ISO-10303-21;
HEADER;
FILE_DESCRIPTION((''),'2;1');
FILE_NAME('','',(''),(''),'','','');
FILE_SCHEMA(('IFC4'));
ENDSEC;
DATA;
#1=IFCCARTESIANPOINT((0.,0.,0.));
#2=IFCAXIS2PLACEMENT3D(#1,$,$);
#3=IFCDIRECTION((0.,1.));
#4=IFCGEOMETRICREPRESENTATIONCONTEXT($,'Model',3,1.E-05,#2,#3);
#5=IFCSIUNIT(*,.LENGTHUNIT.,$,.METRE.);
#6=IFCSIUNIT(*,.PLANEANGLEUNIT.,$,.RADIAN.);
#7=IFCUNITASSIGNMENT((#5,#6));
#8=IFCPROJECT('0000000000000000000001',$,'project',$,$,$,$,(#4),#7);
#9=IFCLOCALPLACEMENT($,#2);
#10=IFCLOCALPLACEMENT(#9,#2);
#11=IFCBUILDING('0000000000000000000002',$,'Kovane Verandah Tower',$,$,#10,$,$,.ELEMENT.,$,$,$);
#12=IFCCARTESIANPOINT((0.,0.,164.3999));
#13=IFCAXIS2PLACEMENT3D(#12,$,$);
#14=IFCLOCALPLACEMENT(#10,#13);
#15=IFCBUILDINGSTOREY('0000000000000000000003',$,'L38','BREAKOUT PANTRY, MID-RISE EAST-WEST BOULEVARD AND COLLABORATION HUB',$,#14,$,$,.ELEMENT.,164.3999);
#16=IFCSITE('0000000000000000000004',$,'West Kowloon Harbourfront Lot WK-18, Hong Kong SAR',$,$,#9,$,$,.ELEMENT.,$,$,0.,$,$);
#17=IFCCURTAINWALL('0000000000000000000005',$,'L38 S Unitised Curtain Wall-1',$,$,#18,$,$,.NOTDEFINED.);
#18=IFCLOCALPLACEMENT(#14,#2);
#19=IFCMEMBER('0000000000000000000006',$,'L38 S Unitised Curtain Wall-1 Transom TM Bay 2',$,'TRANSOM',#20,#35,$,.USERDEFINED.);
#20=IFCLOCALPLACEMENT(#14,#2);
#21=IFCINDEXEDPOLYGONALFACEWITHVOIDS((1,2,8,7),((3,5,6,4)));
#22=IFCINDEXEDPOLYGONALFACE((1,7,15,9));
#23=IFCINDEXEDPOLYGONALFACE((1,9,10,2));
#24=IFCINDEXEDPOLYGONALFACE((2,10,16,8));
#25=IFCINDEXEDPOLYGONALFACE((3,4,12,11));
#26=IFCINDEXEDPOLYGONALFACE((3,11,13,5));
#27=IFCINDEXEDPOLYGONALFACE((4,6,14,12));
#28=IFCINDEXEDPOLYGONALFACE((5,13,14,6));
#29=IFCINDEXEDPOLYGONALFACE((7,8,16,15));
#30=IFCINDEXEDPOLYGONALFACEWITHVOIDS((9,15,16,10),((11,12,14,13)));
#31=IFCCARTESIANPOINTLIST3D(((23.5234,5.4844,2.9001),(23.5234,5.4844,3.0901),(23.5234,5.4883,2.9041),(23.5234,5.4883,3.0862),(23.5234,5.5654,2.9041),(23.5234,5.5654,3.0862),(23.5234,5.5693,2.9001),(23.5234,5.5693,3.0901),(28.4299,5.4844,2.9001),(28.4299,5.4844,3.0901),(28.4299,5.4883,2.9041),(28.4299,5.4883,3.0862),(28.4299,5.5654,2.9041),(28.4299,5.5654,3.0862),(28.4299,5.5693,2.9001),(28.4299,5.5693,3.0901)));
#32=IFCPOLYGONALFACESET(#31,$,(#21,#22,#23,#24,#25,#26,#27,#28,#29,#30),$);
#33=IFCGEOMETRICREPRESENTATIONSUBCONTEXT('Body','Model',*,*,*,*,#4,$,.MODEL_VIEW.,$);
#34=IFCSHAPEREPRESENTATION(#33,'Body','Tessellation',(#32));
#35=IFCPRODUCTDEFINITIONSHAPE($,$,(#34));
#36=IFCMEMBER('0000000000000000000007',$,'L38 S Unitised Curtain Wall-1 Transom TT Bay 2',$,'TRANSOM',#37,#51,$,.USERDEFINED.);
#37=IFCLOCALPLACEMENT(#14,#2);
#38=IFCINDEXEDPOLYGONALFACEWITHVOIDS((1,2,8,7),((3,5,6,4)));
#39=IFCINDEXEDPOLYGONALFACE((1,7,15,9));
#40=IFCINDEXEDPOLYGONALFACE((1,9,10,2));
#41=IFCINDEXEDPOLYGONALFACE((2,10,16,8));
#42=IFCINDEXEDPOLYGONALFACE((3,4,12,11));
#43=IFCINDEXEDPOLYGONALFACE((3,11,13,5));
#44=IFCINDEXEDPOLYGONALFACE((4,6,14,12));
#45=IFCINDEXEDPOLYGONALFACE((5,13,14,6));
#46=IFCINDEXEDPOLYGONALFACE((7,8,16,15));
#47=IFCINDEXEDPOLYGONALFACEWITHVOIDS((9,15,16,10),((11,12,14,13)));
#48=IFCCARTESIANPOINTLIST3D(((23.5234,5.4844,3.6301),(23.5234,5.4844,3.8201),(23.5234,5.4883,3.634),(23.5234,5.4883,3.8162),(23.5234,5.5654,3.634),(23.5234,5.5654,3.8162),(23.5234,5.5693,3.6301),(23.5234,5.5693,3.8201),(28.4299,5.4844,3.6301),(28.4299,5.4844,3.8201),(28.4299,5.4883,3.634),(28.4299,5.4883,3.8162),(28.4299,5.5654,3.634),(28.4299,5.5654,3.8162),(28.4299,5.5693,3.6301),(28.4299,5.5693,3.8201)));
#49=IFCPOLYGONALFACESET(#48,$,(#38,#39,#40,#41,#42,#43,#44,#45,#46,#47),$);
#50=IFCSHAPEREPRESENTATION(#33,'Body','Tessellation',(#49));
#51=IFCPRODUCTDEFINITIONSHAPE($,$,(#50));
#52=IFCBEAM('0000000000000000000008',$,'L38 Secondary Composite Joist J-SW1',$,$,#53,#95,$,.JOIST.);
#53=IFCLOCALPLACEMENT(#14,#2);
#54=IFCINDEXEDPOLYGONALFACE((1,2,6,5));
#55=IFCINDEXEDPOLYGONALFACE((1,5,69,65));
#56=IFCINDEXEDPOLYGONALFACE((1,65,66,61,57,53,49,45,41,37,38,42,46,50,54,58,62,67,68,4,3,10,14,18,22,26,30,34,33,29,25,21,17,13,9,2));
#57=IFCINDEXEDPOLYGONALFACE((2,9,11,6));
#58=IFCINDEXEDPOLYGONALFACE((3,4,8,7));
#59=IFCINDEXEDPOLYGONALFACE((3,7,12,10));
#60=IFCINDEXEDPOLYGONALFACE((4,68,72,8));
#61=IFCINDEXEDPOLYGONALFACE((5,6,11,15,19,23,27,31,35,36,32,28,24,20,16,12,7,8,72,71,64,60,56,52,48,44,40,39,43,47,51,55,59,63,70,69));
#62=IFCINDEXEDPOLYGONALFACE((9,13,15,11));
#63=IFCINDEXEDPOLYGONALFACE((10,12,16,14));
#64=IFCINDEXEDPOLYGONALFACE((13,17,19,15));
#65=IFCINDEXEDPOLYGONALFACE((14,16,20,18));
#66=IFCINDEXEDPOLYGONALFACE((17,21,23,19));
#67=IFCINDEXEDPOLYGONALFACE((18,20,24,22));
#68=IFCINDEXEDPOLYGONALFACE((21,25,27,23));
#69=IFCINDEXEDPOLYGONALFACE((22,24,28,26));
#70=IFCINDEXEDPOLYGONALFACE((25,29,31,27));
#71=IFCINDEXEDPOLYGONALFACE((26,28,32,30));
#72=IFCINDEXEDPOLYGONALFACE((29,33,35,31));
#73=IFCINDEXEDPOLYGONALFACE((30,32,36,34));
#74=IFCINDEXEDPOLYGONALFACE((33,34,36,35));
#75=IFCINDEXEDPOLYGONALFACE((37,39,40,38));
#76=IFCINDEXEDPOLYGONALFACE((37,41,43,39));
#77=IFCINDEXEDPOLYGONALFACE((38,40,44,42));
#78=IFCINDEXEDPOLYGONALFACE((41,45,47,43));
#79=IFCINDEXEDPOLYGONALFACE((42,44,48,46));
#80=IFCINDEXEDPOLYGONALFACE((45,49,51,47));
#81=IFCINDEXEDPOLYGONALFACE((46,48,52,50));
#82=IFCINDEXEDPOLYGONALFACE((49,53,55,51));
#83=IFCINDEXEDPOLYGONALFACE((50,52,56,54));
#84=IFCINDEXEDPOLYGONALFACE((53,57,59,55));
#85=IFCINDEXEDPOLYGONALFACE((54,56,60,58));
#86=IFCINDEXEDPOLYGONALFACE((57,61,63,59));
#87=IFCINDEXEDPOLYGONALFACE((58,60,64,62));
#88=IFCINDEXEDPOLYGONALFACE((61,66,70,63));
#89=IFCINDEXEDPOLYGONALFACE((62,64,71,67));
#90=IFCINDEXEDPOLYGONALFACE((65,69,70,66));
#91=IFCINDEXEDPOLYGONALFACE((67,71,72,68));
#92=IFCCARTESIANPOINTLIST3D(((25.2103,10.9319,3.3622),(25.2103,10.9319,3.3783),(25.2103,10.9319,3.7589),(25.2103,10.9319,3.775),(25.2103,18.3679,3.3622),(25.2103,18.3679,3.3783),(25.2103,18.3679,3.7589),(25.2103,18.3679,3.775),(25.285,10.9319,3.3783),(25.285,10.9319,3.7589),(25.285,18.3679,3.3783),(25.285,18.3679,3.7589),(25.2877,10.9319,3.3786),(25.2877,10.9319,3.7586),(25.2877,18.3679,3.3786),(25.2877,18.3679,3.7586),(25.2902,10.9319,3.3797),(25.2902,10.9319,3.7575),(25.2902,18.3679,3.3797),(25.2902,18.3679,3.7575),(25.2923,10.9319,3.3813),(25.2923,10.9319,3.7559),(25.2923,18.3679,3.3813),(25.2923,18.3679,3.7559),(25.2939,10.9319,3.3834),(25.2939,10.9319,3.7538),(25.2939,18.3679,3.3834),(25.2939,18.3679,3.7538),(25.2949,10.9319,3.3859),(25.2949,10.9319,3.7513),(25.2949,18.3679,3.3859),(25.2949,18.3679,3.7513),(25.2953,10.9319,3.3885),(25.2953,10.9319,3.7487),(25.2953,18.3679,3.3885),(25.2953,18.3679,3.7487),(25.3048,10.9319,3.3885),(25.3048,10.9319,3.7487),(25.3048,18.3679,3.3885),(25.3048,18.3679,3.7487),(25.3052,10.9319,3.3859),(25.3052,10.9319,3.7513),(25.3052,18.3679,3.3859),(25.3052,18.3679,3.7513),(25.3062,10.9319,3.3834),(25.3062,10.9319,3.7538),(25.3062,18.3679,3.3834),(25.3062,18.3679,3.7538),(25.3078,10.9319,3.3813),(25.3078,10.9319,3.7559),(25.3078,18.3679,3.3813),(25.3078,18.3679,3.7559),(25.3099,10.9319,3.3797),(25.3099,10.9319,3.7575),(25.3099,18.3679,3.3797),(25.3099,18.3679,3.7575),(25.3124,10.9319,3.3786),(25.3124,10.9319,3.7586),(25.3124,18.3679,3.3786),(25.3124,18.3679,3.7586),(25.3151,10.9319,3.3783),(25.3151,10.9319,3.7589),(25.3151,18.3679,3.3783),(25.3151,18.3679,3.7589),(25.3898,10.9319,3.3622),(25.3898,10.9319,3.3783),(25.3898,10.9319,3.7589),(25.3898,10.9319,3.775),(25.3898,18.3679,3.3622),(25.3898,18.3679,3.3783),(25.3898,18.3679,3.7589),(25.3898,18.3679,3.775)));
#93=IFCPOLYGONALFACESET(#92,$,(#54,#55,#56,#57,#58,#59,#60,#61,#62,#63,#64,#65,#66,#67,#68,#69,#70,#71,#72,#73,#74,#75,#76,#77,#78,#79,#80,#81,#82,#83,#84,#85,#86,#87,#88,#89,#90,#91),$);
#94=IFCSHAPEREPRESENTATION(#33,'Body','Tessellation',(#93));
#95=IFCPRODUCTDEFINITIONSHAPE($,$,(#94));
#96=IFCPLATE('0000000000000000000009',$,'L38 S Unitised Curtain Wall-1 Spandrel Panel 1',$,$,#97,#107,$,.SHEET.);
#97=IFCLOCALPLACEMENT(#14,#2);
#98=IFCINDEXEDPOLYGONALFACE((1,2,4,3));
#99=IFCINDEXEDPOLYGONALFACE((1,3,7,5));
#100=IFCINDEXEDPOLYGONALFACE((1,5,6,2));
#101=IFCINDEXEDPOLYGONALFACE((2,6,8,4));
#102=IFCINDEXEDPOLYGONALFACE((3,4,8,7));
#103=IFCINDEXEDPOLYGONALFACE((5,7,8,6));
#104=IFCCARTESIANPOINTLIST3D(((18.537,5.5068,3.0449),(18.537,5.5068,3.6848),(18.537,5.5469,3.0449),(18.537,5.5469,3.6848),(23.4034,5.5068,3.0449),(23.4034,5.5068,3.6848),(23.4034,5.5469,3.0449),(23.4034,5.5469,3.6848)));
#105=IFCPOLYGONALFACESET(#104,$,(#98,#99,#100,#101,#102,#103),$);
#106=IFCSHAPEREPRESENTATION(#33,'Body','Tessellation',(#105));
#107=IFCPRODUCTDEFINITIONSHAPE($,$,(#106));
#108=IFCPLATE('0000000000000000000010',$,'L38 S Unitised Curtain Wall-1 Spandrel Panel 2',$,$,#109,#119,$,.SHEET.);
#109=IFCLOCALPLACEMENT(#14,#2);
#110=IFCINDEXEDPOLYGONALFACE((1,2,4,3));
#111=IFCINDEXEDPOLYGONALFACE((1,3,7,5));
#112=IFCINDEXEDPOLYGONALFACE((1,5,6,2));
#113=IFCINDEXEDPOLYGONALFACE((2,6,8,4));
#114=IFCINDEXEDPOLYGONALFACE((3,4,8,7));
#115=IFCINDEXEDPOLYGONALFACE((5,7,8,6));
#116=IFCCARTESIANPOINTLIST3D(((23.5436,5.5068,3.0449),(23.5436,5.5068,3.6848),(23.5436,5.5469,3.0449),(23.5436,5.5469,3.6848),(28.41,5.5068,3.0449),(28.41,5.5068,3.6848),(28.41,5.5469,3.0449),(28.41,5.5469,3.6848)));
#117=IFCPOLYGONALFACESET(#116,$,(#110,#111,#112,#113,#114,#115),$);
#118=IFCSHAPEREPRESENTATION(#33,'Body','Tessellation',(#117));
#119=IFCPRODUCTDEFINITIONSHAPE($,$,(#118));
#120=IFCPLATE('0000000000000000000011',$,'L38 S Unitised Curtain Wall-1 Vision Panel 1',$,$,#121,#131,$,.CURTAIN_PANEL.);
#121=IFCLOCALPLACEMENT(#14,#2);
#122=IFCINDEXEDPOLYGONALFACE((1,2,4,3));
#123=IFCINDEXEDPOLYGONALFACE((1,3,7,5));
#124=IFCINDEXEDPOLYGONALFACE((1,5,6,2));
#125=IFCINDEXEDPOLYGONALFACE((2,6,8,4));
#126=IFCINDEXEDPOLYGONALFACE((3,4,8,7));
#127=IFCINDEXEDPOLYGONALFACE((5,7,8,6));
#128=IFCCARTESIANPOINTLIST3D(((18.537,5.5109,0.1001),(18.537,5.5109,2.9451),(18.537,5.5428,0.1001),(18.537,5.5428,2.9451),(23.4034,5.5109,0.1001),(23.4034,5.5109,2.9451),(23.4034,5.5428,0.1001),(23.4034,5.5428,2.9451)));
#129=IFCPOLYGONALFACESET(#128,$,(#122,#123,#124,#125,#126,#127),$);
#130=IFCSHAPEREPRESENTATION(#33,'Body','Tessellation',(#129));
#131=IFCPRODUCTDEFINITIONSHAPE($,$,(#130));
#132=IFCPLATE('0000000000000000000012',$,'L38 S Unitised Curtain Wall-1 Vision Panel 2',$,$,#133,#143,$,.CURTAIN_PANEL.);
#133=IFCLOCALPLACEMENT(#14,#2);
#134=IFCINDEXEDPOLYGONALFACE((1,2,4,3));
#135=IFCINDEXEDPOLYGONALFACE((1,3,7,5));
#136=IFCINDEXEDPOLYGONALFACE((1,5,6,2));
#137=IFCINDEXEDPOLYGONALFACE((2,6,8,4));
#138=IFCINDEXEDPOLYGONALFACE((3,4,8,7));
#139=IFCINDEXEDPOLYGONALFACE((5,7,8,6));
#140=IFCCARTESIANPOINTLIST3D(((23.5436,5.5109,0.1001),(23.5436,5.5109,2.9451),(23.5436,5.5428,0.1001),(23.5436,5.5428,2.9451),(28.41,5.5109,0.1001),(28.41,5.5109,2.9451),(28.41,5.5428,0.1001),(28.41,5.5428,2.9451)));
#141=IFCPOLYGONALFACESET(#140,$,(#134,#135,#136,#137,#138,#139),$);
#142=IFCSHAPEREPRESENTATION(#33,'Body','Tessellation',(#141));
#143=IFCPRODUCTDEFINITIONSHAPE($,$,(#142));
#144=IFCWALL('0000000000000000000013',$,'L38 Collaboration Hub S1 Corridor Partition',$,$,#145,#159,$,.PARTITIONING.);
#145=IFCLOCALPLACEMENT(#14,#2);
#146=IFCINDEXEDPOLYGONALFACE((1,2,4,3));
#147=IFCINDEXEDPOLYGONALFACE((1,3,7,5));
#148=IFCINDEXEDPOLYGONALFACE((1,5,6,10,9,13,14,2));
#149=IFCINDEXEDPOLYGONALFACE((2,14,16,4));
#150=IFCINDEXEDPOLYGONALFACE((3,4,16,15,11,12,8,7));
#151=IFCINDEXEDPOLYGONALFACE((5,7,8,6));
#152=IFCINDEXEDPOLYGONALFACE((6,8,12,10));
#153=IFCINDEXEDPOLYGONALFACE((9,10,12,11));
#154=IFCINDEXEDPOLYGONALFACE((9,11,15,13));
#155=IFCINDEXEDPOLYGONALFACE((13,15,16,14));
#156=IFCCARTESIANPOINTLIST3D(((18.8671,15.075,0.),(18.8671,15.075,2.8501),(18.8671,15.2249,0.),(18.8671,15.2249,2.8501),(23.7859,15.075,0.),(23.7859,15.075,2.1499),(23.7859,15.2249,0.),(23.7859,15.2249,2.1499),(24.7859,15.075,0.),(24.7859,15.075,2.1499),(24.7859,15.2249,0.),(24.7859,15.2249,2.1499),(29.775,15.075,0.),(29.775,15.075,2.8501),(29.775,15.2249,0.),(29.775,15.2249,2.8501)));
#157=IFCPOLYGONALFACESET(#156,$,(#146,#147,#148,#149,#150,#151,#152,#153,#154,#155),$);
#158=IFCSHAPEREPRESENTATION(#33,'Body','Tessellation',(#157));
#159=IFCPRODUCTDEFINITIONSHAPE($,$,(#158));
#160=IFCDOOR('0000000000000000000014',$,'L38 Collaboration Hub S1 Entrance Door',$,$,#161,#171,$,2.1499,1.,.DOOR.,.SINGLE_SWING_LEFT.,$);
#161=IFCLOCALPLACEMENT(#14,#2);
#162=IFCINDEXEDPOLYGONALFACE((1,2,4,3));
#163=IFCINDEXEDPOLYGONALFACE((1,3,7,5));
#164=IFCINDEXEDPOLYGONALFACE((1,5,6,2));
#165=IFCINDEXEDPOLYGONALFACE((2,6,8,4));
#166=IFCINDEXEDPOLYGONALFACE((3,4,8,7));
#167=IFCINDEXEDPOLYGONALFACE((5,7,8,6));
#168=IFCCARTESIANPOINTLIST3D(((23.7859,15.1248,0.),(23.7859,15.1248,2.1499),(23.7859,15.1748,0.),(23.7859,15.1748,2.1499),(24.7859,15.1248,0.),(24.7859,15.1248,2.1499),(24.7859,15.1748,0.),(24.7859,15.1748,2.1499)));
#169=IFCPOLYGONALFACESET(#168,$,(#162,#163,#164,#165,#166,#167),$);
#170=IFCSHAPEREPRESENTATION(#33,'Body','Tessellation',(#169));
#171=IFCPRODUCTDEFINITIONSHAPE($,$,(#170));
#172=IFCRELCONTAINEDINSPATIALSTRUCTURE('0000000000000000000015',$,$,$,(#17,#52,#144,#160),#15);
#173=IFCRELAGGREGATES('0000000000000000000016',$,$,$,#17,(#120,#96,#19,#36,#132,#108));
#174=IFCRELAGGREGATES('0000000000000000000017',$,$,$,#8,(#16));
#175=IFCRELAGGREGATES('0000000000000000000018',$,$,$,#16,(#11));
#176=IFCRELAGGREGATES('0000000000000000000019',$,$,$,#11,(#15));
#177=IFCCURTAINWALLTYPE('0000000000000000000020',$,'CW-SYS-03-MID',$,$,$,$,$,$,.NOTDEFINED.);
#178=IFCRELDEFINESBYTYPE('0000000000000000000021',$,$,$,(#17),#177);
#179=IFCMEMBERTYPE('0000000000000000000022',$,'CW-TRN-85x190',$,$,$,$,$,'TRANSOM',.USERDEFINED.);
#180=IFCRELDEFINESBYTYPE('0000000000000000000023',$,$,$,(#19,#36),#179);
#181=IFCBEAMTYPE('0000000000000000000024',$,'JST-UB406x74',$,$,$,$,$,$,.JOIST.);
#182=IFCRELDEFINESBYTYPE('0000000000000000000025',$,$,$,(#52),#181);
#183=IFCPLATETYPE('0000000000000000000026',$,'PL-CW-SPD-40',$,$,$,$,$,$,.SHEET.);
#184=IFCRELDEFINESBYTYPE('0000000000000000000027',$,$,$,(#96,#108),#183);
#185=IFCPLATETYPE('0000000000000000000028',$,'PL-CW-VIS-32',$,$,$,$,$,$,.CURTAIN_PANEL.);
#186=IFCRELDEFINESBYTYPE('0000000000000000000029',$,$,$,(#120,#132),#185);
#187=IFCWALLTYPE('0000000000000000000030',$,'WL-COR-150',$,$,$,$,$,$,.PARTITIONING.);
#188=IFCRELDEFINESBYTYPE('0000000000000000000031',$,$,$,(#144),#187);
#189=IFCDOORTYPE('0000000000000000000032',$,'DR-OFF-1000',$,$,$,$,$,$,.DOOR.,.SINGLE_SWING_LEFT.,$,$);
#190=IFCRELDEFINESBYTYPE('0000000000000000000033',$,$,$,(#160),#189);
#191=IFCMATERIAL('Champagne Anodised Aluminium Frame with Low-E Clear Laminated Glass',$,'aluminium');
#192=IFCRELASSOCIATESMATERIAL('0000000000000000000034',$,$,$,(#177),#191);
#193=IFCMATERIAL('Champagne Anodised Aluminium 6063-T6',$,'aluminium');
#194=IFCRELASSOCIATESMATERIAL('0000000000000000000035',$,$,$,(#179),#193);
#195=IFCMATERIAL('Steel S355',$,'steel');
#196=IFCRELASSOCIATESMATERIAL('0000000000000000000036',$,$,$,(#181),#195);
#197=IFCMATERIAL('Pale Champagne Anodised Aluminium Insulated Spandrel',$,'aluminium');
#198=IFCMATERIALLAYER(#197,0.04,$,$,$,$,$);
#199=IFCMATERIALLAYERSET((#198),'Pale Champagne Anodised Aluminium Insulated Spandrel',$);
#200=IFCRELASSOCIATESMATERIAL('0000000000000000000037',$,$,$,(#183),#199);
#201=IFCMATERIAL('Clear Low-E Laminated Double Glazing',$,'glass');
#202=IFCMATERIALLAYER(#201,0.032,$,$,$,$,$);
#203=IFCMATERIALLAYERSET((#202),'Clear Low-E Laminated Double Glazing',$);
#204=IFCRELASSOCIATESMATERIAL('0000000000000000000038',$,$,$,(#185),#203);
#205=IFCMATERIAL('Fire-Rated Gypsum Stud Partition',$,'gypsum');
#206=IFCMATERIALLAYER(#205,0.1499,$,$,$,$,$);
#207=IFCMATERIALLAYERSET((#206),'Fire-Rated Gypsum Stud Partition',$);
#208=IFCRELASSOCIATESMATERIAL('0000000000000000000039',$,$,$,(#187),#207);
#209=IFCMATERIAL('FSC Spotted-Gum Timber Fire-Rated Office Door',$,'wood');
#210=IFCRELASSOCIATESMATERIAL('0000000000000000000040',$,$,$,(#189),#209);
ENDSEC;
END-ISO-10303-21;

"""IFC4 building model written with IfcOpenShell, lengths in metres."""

from ifc_helpers import new_model, si_unit, direction, frame, frame_2d, origin, origin_2d, place, context, subcontext, project, spatial, rectangle, hollow_rectangle, i_section, extrude, material, layer, layer_set, material_profile, profile_set, type_object, element, fill, aggregate, save


model = new_model("IFC4")

# Units and contexts
model_context = context("Model", 3, precision=1e-05, world=origin(), true_north=direction((0.0, 1.0)))
body_context = subcontext(model_context, "Body", "Model", "MODEL_VIEW")
ifc_project = project(units=[si_unit("LENGTHUNIT", "METRE"), si_unit("PLANEANGLEUNIT", "RADIAN")], contexts=[model_context])

# Site, building, storey
site_placement = place(None, origin())
site = spatial("IfcSite", under=ifc_project, at=site_placement, Name="West Kowloon Harbourfront Lot WK-18, Hong Kong SAR", CompositionType="ELEMENT", RefElevation=0.0)
building_placement = place(site_placement, origin())
building = spatial("IfcBuilding", under=site, at=building_placement, Name="Kovane Verandah Tower", CompositionType="ELEMENT")
storey_placement = place(building_placement, frame((0.0, 0.0, 164.3999)))
storey = spatial("IfcBuildingStorey", under=building, at=storey_placement, Name="L38", Description="BREAKOUT PANTRY, MID-RISE EAST-WEST BOULEVARD AND COLLABORATION HUB", CompositionType="ELEMENT", Elevation=164.3999)

# Shared definitions
ifc_material_1 = material(Name="Steel S355", Category="steel")

# Curtain wall, members
ifc_material_2 = material(Name="Champagne Anodised Aluminium Frame with Low-E Clear Laminated Glass", Category="aluminium")
curtain_wall_type = type_object("IfcCurtainWallType", Name="CW-SYS-03-MID", PredefinedType="NOTDEFINED", material=ifc_material_2)
curtain_wall_placement = place(storey_placement, origin())
curtain_wall = element("IfcCurtainWall", 1, at=curtain_wall_placement, inside=storey, type_object=curtain_wall_type, Name="L38 S Unitised Curtain Wall-1", PredefinedType="NOTDEFINED")
ifc_material_3 = material(Name="Champagne Anodised Aluminium 6063-T6", Category="aluminium")
ifc_material_profile_1 = material_profile(ifc_material_3, hollow_rectangle(XDim=0.085, YDim=0.1899, WallThickness=0.0039, at=origin_2d()), Name="AL85x190x4")
ifc_profile_set_1 = profile_set([ifc_material_profile_1], Name="Champagne Anodised Aluminium 6063-T6")
member_type_1 = type_object("IfcMemberType", Name="CW-TRN-85x190", ElementType="TRANSOM", PredefinedType="USERDEFINED", material=ifc_profile_set_1)
member_1_placement = place(storey_placement, frame((23.5234, 5.5269, 2.9951), z_axis=(1.0, 0.0, 0.0), x_axis=(0.0, 1.0, 0.0)))
member_1 = element("IfcMember", 2, at=member_1_placement, type_object=member_type_1, Name="L38 S Unitised Curtain Wall-1 Transom TM Bay 2", ObjectType="TRANSOM", PredefinedType="USERDEFINED", context=body_context, shape_type="SweptSolid", body=[
    extrude(hollow_rectangle(XDim=0.085, YDim=0.1899, WallThickness=0.0039, at=origin_2d()), origin(), (0.0, 0.0, 1.0), 4.9065),
])
member_2_placement = place(storey_placement, frame((23.5234, 5.5269, 3.7251), z_axis=(1.0, 0.0, 0.0), x_axis=(0.0, 1.0, 0.0)))
member_2 = element("IfcMember", 3, at=member_2_placement, type_object=member_type_1, Name="L38 S Unitised Curtain Wall-1 Transom TT Bay 2", ObjectType="TRANSOM", PredefinedType="USERDEFINED", context=body_context, shape_type="SweptSolid", body=[
    extrude(hollow_rectangle(XDim=0.085, YDim=0.1899, WallThickness=0.0039, at=origin_2d()), origin(), (0.0, 0.0, 1.0), 4.9065),
])

# Beam
ifc_material_profile_2 = material_profile(ifc_material_1, i_section(OverallWidth=0.1794, OverallDepth=0.4128, WebThickness=0.0095, FlangeThickness=0.0161, FilletRadius=0.0103, at=origin_2d()), Name="UB406x178x74")
ifc_profile_set_2 = profile_set([ifc_material_profile_2], Name="Steel S355")
beam_type_1 = type_object("IfcBeamType", Name="JST-UB406x74", PredefinedType="JOIST", material=ifc_profile_set_2)
beam_1_placement = place(storey_placement, frame((25.3, 10.9319, 3.5686), z_axis=(0.0, 1.0, 0.0), x_axis=(-1.0, 0.0, 0.0)))
element("IfcBeam", 4, at=beam_1_placement, inside=storey, type_object=beam_type_1, Name="L38 Secondary Composite Joist J-SW1", PredefinedType="JOIST", context=body_context, shape_type="SweptSolid", body=[
    extrude(i_section(OverallWidth=0.1794, OverallDepth=0.4128, WebThickness=0.0095, FlangeThickness=0.0161, FilletRadius=0.0103, at=origin_2d()), origin(), (0.0, 0.0, 1.0), 7.436),
])

# Plates
ifc_material_4 = material(Name="Pale Champagne Anodised Aluminium Insulated Spandrel", Category="aluminium")
ifc_layer_1 = layer(ifc_material_4, 0.04)
ifc_layer_set_1 = layer_set([ifc_layer_1], Name="Pale Champagne Anodised Aluminium Insulated Spandrel")
plate_type_1 = type_object("IfcPlateType", Name="PL-CW-SPD-40", PredefinedType="SHEET", material=ifc_layer_set_1)
plate_1_placement = place(storey_placement, frame((20.9702, 5.5269, 3.0449), z_axis=(0.0, 0.0, 1.0), x_axis=(1.0, 0.0, 0.0)))
plate_1 = element("IfcPlate", 5, at=plate_1_placement, type_object=plate_type_1, Name="L38 S Unitised Curtain Wall-1 Spandrel Panel 1", PredefinedType="SHEET", context=body_context, shape_type="SweptSolid", body=[
    extrude(rectangle(XDim=4.8665, YDim=0.04, at=origin_2d()), origin(), (0.0, 0.0, 1.0), 0.6399),
])
plate_2_placement = place(storey_placement, frame((25.9768, 5.5269, 3.0449), z_axis=(0.0, 0.0, 1.0), x_axis=(1.0, 0.0, 0.0)))
plate_2 = element("IfcPlate", 6, at=plate_2_placement, type_object=plate_type_1, Name="L38 S Unitised Curtain Wall-1 Spandrel Panel 2", PredefinedType="SHEET", context=body_context, shape_type="SweptSolid", body=[
    extrude(rectangle(XDim=4.8665, YDim=0.04, at=origin_2d()), origin(), (0.0, 0.0, 1.0), 0.6399),
])
ifc_material_5 = material(Name="Clear Low-E Laminated Double Glazing", Category="glass")
ifc_layer_2 = layer(ifc_material_5, 0.032)
ifc_layer_set_2 = layer_set([ifc_layer_2], Name="Clear Low-E Laminated Double Glazing")
plate_type_2 = type_object("IfcPlateType", Name="PL-CW-VIS-32", PredefinedType="CURTAIN_PANEL", material=ifc_layer_set_2)
plate_3_placement = place(storey_placement, frame((20.9702, 5.5269, 0.1001), z_axis=(0.0, 0.0, 1.0), x_axis=(1.0, 0.0, 0.0)))
plate_3 = element("IfcPlate", 7, at=plate_3_placement, type_object=plate_type_2, Name="L38 S Unitised Curtain Wall-1 Vision Panel 1", PredefinedType="CURTAIN_PANEL", context=body_context, shape_type="SweptSolid", body=[
    extrude(rectangle(XDim=4.8665, YDim=0.032, at=origin_2d()), origin(), (0.0, 0.0, 1.0), 2.845),
])
plate_4_placement = place(storey_placement, frame((25.9768, 5.5269, 0.1001), z_axis=(0.0, 0.0, 1.0), x_axis=(1.0, 0.0, 0.0)))
plate_4 = element("IfcPlate", 8, at=plate_4_placement, type_object=plate_type_2, Name="L38 S Unitised Curtain Wall-1 Vision Panel 2", PredefinedType="CURTAIN_PANEL", context=body_context, shape_type="SweptSolid", body=[
    extrude(rectangle(XDim=4.8665, YDim=0.032, at=origin_2d()), origin(), (0.0, 0.0, 1.0), 2.845),
])
aggregate(curtain_wall, [plate_3, plate_1, member_1, member_2, plate_4, plate_2])

# Wall, opening, door
ifc_material_6 = material(Name="Fire-Rated Gypsum Stud Partition", Category="gypsum")
ifc_layer_3 = layer(ifc_material_6, 0.1499)
ifc_layer_set_3 = layer_set([ifc_layer_3], Name="Fire-Rated Gypsum Stud Partition")
wall_type = type_object("IfcWallType", Name="WL-COR-150", PredefinedType="PARTITIONING", material=ifc_layer_set_3)
wall_1_placement = place(storey_placement, frame((18.8669, 15.1499, 0.0), z_axis=(0.0, 0.0, 1.0), x_axis=(1.0, 0.0, 0.0)))
wall_1 = element("IfcWall", 9, at=wall_1_placement, inside=storey, type_object=wall_type, Name="L38 Collaboration Hub S1 Corridor Partition", PredefinedType="PARTITIONING", context=body_context, shape_type="SweptSolid", body=[
    extrude(rectangle(XDim=10.908, YDim=0.1499, at=frame_2d((5.4541, 0.0))), origin(), (0.0, 0.0, 1.0), 2.8501),
])
opening_1_placement = place(wall_1_placement, frame((4.9189, 0.0, 0.0)))
opening_1 = element("IfcOpeningElement", 10, at=opening_1_placement, cuts=wall_1, PredefinedType="OPENING", context=body_context, shape_type="SweptSolid", body=[
    extrude(rectangle(XDim=1.0, YDim=2.1499, at=frame_2d((0.5, 1.075))), frame((0.0, 0.075, 0.0), z_axis=(0.0, -1.0, 0.0), x_axis=(1.0, 0.0, 0.0)), (0.0, 0.0, 1.0), 0.1499),
])
ifc_material_7 = material(Name="FSC Spotted-Gum Timber Fire-Rated Office Door", Category="wood")
door_type_1 = type_object("IfcDoorType", Name="DR-OFF-1000", OperationType="SINGLE_SWING_LEFT", PredefinedType="DOOR", material=ifc_material_7)
door_1_placement = place(opening_1_placement, origin())
door_1 = element("IfcDoor", 11, at=door_1_placement, inside=storey, type_object=door_type_1, Name="L38 Collaboration Hub S1 Entrance Door", OperationType="SINGLE_SWING_LEFT", OverallHeight=2.1499, OverallWidth=1.0, PredefinedType="DOOR", context=body_context, shape_type="SweptSolid", body=[
    extrude(rectangle(XDim=1.0, YDim=2.1499, at=frame_2d((0.5, 1.075))), frame((0.0, 0.0249, 0.0), z_axis=(0.0, -1.0, 0.0), x_axis=(1.0, 0.0, 0.0)), (0.0, 0.0, 1.0), 0.05),
])
fill(opening_1, door_1)

save(model, "model.ifc")
